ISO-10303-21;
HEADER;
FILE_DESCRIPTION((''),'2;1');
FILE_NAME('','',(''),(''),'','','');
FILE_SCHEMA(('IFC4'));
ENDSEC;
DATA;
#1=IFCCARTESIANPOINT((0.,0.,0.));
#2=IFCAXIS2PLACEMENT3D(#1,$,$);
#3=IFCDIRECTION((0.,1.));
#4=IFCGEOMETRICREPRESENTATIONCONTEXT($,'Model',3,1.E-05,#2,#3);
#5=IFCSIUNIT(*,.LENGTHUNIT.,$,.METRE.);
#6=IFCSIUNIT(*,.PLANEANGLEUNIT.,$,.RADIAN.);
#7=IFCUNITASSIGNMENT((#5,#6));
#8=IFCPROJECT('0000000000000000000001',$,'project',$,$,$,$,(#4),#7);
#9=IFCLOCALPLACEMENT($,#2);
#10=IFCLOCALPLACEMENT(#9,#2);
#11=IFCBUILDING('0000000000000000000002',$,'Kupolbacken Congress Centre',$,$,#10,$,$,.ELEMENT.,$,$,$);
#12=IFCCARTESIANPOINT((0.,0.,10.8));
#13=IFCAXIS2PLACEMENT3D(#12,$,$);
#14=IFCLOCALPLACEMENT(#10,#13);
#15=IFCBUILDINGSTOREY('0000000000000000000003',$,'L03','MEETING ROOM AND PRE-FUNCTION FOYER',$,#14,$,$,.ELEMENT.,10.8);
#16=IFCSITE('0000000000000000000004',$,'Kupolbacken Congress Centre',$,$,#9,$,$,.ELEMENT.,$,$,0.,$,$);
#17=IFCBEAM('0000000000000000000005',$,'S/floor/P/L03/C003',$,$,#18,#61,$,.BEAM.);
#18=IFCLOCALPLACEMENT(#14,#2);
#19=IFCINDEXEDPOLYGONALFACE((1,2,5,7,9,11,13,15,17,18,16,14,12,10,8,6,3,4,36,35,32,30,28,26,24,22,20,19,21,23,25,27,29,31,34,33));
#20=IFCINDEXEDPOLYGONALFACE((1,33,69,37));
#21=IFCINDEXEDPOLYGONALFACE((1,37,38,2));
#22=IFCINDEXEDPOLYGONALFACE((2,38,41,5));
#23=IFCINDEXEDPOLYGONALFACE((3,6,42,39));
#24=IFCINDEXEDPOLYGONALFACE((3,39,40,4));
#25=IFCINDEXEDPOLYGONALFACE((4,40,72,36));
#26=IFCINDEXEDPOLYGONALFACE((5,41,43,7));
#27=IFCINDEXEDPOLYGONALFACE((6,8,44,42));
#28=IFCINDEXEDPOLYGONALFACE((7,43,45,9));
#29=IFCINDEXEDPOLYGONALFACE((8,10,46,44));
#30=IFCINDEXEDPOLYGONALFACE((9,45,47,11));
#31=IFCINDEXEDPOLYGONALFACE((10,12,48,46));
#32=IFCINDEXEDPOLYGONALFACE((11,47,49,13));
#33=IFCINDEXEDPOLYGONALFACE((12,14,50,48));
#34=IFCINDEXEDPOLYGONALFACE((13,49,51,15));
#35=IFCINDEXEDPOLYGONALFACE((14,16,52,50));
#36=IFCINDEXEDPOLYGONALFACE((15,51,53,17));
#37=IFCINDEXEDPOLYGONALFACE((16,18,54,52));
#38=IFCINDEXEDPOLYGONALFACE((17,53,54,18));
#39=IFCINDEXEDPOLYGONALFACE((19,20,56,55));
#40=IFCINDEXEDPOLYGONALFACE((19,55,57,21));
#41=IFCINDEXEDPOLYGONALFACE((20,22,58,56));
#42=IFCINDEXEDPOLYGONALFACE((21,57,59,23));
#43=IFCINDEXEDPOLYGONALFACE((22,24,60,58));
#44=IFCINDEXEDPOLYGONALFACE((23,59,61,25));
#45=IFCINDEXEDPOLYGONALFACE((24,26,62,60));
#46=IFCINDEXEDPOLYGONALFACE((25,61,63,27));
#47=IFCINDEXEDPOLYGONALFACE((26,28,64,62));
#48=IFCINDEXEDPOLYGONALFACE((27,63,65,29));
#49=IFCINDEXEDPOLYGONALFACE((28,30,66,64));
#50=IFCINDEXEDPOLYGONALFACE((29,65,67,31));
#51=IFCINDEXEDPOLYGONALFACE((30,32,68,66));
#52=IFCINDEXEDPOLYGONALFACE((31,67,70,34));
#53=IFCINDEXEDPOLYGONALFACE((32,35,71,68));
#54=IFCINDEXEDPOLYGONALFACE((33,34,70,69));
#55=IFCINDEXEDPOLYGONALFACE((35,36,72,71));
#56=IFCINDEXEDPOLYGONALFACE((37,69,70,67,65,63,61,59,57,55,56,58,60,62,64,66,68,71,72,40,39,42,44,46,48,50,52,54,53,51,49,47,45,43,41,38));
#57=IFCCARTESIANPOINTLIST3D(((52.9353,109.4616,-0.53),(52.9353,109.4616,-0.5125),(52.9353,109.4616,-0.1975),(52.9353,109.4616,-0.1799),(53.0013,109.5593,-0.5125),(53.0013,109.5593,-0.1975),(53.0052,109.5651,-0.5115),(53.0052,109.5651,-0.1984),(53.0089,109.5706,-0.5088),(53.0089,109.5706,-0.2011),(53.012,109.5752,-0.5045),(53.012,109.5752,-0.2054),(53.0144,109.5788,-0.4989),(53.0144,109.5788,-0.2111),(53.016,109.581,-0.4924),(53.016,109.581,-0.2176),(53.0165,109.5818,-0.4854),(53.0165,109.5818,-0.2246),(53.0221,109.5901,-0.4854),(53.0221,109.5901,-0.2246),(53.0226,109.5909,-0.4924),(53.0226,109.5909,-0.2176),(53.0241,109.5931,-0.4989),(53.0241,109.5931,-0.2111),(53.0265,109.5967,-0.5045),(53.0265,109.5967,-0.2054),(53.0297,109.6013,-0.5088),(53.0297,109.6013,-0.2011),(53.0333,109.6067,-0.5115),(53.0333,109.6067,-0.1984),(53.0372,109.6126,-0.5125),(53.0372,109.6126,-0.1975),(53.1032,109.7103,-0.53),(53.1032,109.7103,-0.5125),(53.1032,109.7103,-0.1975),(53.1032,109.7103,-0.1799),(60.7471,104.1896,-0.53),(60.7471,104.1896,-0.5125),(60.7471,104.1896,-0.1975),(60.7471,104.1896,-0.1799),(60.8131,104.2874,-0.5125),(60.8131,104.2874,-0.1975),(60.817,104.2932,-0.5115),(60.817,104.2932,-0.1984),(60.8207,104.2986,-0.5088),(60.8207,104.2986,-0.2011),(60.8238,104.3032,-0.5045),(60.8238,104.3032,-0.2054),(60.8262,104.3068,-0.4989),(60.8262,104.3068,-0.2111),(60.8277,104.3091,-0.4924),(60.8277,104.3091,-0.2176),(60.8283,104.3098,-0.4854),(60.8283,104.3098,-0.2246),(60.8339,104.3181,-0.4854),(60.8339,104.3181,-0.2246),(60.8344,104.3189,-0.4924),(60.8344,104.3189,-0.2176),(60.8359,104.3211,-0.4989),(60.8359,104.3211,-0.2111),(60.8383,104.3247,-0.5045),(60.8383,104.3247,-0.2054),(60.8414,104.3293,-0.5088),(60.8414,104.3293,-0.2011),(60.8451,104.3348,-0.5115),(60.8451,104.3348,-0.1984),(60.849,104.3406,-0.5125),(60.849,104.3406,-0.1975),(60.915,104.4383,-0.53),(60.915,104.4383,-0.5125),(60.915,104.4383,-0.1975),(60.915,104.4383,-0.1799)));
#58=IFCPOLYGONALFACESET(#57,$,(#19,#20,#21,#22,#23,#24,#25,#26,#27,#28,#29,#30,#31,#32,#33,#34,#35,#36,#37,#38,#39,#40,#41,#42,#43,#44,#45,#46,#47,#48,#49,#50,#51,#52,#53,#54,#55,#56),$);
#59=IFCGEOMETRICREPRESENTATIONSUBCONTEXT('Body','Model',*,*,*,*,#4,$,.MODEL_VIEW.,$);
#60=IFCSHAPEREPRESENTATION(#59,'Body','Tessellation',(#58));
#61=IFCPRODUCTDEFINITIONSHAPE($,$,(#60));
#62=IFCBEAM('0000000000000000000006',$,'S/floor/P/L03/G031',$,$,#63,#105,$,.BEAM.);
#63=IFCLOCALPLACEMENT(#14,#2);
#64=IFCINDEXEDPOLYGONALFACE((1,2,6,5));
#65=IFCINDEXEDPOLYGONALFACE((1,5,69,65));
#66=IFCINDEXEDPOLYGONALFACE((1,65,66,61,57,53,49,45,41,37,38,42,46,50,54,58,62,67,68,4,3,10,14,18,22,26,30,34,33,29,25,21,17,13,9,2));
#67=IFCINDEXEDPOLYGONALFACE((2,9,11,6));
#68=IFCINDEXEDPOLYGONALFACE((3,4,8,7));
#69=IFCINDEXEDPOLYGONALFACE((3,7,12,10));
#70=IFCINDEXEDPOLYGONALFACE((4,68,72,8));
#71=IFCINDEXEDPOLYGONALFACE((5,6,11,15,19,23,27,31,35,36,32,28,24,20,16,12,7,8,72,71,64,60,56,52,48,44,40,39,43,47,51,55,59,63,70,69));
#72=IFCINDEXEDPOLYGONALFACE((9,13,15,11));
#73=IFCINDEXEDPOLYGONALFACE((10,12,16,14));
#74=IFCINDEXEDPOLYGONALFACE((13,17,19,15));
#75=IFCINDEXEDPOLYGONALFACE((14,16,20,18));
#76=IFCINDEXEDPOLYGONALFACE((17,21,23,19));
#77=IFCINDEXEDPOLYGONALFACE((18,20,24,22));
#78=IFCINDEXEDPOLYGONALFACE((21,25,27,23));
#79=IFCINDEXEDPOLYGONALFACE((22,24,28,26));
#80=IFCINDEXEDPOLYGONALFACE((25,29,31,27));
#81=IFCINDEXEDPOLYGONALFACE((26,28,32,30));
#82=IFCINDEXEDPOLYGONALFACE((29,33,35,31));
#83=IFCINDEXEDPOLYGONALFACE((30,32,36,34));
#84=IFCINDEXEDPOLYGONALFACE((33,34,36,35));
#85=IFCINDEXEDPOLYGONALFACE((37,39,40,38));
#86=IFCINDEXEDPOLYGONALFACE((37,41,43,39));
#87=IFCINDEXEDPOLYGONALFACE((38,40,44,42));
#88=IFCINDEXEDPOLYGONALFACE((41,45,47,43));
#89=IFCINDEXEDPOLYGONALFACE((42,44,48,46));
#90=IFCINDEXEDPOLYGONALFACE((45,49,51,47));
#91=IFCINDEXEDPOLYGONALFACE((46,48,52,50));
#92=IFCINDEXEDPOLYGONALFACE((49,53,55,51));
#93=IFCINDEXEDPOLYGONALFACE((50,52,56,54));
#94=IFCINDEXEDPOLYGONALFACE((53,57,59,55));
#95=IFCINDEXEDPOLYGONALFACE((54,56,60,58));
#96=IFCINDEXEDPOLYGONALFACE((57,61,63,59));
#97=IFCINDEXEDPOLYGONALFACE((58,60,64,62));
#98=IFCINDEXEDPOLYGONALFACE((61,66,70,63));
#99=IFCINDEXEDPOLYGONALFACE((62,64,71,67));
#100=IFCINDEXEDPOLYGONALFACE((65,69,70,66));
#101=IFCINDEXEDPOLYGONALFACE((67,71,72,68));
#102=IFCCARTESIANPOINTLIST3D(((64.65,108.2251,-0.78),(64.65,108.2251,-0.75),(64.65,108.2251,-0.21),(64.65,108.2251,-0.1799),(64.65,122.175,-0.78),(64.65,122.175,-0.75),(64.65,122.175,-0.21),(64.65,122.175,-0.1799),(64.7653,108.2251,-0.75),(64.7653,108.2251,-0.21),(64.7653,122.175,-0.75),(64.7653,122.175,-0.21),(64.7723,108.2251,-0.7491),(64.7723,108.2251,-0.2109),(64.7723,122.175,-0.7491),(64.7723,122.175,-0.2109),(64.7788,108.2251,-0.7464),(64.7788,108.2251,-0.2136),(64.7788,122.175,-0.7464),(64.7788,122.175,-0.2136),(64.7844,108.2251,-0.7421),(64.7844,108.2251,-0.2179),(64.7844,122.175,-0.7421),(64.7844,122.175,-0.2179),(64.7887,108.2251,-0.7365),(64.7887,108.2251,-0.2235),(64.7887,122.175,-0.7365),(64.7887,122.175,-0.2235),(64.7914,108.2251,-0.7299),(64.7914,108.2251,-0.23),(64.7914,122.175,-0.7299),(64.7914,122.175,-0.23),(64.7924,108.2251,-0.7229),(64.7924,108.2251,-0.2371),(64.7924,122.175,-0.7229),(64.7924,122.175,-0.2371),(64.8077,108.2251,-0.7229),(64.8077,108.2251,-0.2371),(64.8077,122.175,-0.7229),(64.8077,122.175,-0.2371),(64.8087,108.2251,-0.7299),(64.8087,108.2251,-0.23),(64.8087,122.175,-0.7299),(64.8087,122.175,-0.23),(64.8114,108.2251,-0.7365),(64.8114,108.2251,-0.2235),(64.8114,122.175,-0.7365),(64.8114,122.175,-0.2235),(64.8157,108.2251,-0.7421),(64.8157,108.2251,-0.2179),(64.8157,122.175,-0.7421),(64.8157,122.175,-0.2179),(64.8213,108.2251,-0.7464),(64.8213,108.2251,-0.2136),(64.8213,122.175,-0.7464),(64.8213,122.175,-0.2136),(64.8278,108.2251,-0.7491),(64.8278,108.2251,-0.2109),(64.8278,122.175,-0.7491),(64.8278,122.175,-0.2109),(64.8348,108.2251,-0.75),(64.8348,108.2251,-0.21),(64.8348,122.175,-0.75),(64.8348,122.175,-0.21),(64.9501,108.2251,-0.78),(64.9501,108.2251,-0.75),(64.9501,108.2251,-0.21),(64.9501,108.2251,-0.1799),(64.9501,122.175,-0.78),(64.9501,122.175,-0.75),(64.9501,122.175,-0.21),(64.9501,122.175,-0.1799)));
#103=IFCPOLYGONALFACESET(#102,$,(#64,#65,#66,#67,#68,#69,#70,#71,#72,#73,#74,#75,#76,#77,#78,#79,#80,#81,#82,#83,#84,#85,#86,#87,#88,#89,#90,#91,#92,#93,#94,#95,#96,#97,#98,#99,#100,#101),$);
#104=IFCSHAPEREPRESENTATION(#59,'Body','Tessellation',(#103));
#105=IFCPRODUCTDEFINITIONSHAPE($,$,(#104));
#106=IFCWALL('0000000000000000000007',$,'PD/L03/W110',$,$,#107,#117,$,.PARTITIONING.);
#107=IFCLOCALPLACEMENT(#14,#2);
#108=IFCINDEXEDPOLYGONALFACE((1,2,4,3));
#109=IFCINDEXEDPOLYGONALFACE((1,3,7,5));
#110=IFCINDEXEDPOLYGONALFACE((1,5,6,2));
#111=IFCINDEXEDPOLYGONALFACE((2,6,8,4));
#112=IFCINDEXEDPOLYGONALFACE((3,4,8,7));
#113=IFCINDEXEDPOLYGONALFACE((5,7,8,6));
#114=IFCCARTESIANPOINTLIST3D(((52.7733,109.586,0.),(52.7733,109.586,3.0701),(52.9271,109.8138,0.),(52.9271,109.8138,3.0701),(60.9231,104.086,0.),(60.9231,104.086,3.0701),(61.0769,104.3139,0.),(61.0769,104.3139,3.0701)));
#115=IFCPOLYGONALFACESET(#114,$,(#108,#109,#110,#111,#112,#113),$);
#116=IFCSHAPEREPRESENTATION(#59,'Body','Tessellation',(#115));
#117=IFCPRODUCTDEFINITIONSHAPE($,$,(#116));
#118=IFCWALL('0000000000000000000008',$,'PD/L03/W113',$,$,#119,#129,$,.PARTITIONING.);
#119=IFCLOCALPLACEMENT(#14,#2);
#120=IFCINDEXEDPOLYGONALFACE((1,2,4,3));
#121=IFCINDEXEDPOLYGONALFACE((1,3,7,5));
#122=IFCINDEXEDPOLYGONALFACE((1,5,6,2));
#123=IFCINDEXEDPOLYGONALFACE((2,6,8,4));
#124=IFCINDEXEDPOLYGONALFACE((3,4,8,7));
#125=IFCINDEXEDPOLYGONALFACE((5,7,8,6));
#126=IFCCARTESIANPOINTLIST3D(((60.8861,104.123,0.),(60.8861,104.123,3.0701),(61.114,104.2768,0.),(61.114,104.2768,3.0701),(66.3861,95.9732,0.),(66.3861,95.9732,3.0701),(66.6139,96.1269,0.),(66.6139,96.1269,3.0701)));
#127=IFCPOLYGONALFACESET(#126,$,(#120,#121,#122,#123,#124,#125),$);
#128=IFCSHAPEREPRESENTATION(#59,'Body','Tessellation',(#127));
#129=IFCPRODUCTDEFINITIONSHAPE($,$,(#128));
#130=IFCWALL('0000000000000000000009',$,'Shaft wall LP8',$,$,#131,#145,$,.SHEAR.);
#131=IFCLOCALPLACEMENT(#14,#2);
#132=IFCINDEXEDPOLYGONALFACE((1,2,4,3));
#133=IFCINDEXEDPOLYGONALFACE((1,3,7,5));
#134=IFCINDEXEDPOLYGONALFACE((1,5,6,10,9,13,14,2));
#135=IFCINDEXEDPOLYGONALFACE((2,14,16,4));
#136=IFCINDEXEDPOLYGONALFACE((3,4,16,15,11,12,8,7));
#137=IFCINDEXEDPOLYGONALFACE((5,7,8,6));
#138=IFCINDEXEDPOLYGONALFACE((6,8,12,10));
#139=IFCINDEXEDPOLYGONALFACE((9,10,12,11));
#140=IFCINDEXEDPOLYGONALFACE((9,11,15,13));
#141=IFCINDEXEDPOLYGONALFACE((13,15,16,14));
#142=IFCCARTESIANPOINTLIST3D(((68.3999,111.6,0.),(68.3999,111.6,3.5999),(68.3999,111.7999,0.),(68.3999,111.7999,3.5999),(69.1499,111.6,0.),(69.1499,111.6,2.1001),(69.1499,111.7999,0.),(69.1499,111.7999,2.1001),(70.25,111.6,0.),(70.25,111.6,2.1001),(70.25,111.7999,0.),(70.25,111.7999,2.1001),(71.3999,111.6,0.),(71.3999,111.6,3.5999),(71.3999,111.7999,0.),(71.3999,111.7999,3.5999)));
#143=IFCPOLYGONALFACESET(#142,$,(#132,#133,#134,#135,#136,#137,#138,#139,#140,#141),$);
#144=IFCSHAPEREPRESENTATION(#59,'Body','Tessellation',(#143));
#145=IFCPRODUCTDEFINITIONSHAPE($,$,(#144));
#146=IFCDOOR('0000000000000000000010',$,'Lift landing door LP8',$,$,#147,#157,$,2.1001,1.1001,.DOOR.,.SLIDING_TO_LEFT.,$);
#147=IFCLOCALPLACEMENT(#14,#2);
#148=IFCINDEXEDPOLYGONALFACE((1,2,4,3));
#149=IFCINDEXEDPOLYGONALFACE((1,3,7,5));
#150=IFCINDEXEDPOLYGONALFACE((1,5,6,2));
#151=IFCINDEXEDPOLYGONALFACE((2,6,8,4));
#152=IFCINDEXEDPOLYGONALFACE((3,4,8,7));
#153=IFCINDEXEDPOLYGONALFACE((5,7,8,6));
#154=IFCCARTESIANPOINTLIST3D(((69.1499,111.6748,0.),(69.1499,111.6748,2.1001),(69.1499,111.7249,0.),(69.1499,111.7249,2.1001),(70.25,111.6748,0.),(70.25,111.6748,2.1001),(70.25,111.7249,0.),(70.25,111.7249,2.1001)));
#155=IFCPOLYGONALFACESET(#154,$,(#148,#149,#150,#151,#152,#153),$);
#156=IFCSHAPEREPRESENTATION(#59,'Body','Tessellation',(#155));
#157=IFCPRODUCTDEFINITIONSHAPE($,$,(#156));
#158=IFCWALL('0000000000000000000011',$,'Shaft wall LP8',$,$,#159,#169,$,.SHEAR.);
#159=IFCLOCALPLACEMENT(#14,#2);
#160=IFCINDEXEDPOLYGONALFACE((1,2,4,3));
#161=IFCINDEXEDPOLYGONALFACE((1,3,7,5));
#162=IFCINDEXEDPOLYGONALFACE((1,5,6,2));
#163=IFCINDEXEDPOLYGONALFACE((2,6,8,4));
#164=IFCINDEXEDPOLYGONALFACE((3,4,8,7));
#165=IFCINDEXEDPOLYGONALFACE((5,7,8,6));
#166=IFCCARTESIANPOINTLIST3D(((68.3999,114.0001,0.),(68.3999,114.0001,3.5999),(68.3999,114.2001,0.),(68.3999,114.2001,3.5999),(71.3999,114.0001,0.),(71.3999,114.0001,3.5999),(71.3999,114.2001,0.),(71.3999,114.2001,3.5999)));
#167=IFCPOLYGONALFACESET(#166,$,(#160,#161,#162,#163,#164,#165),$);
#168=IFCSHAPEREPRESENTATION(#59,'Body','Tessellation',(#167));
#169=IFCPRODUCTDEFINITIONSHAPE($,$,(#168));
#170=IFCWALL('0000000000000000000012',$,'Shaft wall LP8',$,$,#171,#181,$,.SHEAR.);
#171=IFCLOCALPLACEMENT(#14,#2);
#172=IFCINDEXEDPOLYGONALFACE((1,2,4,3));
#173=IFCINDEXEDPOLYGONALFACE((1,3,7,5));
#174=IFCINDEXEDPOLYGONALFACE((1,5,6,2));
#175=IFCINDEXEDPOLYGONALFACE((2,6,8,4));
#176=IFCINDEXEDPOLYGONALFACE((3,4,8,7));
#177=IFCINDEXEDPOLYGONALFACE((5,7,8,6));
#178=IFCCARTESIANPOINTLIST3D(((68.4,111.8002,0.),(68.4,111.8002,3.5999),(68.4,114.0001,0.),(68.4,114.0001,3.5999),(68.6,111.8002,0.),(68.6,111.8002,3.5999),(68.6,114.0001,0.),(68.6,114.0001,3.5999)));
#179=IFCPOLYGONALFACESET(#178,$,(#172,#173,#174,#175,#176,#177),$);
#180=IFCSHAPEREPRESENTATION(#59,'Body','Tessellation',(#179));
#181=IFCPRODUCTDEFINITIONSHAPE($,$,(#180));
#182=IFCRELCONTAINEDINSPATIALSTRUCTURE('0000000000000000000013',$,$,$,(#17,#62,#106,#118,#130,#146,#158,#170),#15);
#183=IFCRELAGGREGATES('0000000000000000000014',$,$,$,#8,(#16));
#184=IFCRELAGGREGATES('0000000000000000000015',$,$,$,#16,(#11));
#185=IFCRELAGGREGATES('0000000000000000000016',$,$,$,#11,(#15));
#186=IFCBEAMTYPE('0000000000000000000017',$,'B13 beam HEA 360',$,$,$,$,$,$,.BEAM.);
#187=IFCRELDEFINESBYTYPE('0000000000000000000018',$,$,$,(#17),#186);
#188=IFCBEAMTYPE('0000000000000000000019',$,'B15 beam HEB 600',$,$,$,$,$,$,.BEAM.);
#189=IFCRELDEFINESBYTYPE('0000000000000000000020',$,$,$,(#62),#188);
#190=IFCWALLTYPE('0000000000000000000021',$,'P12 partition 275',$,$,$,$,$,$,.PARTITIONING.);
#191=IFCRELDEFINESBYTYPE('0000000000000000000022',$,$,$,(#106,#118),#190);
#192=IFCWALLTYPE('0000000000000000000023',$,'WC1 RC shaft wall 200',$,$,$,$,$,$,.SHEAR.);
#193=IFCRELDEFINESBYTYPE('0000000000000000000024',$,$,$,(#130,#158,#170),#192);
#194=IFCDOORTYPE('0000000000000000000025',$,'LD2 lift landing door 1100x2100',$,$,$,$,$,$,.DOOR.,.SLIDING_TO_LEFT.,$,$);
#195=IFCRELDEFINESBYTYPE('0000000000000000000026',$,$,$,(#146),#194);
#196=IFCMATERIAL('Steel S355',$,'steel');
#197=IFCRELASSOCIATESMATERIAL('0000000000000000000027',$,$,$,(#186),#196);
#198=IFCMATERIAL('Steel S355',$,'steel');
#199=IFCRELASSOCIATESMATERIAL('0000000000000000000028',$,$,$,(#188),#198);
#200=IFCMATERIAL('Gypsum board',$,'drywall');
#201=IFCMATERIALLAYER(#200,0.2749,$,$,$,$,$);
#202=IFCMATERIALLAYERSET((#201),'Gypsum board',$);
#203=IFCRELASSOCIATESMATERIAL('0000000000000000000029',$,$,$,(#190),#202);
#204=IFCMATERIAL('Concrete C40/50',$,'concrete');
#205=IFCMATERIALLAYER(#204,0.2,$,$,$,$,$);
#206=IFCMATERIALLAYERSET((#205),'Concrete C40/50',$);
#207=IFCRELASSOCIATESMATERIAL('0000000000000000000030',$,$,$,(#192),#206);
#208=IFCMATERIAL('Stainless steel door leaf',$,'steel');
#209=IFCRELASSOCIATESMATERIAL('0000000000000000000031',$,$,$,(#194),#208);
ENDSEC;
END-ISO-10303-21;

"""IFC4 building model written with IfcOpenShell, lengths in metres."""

from ifc_helpers import new_model, si_unit, direction, frame, frame_2d, origin, origin_2d, place, context, subcontext, project, spatial, rectangle, i_section, extrude, material, layer, layer_set, material_profile, profile_set, type_object, element, fill, save


model = new_model("IFC4")

# Units and contexts
model_context = context("Model", 3, precision=1e-05, world=origin(), true_north=direction((0.0, 1.0)))
body_context = subcontext(model_context, "Body", "Model", "MODEL_VIEW")
ifc_project = project(units=[si_unit("LENGTHUNIT", "METRE"), si_unit("PLANEANGLEUNIT", "RADIAN")], contexts=[model_context])

# Site, building, storey
site_placement = place(None, origin())
site = spatial("IfcSite", under=ifc_project, at=site_placement, Name="Kupolbacken Congress Centre", CompositionType="ELEMENT", RefElevation=0.0)
building_placement = place(site_placement, origin())
building = spatial("IfcBuilding", under=site, at=building_placement, Name="Kupolbacken Congress Centre", CompositionType="ELEMENT")
storey_placement = place(building_placement, frame((0.0, 0.0, 10.8)))
storey = spatial("IfcBuildingStorey", under=building, at=storey_placement, Name="L03", Description="MEETING ROOM AND PRE-FUNCTION FOYER", CompositionType="ELEMENT", Elevation=10.8)

# Beams
ifc_material_1 = material(Name="Steel S355", Category="steel")
ifc_material_profile_1 = material_profile(ifc_material_1, i_section(OverallWidth=0.3, OverallDepth=0.3501, WebThickness=0.01, FlangeThickness=0.0176, FilletRadius=0.0271, at=origin_2d()), Name="HEA 360")
ifc_profile_set_1 = profile_set([ifc_material_profile_1], Name="Steel S355")
beam_type_1 = type_object("IfcBeamType", Name="B13 beam HEA 360", PredefinedType="BEAM", material=ifc_profile_set_1)
beam_1_placement = place(storey_placement, frame((60.8311, 104.314, -0.355), z_axis=(-0.828896, 0.559402, 0.0), x_axis=(-0.559402, -0.828896, 0.0)))
element("IfcBeam", 1, at=beam_1_placement, inside=storey, type_object=beam_type_1, Name="S/floor/P/L03/C003", PredefinedType="BEAM", context=body_context, shape_type="SweptSolid", body=[
    extrude(i_section(OverallWidth=0.3, OverallDepth=0.3501, WebThickness=0.01, FlangeThickness=0.0176, FilletRadius=0.0271, at=origin_2d()), origin(), (0.0, 0.0, 1.0), 9.4243),
])
ifc_material_2 = material(Name="Steel S355", Category="steel")
ifc_material_profile_2 = material_profile(ifc_material_2, i_section(OverallWidth=0.3, OverallDepth=0.6001, WebThickness=0.0154, FlangeThickness=0.03, FilletRadius=0.0271, at=origin_2d()), Name="HEB 600")
ifc_profile_set_2 = profile_set([ifc_material_profile_2], Name="Steel S355")
beam_type_2 = type_object("IfcBeamType", Name="B15 beam HEB 600", PredefinedType="BEAM", material=ifc_profile_set_2)
beam_2_placement = place(storey_placement, frame((64.8, 108.2251, -0.48), z_axis=(0.0, 1.0, 0.0), x_axis=(-1.0, 0.0, 0.0)))
element("IfcBeam", 2, at=beam_2_placement, inside=storey, type_object=beam_type_2, Name="S/floor/P/L03/G031", PredefinedType="BEAM", context=body_context, shape_type="SweptSolid", body=[
    extrude(i_section(OverallWidth=0.3, OverallDepth=0.6001, WebThickness=0.0154, FlangeThickness=0.03, FilletRadius=0.0271, at=origin_2d()), origin(), (0.0, 0.0, 1.0), 13.95),
])

# Walls
ifc_material_3 = material(Name="Gypsum board", Category="drywall")
ifc_layer_1 = layer(ifc_material_3, 0.2749)
ifc_layer_set_1 = layer_set([ifc_layer_1], Name="Gypsum board")
wall_type_1 = type_object("IfcWallType", Name="P12 partition 275", PredefinedType="PARTITIONING", material=ifc_layer_set_1)
for number, where, z_axis, x_axis, name in (
    (3, (61.0, 104.2, 0.0), (0.0, 0.0, 1.0), (-0.828905, 0.55939, 0.0), "PD/L03/W110"),
    (4, (66.5, 96.05, 0.0), (0.0, 0.0, 1.0), (-0.55939, 0.828905, 0.0), "PD/L03/W113"),
):
    element("IfcWall", number, at=place(storey_placement, frame(where, z_axis=z_axis, x_axis=x_axis)), inside=storey, type_object=wall_type_1, Name=name, PredefinedType="PARTITIONING", context=body_context, shape_type="SweptSolid", body=[
        extrude(rectangle(XDim=9.832, YDim=0.2749, at=frame_2d((4.916, 0.0))), origin(), (0.0, 0.0, 1.0), 3.0701),
    ])

# Wall, opening, door
ifc_material_4 = material(Name="Concrete C40/50", Category="concrete")
ifc_layer_2 = layer(ifc_material_4, 0.2)
ifc_layer_set_2 = layer_set([ifc_layer_2], Name="Concrete C40/50")
wall_type_2 = type_object("IfcWallType", Name="WC1 RC shaft wall 200", PredefinedType="SHEAR", material=ifc_layer_set_2)
wall_1_placement = place(storey_placement, frame((68.3999, 111.7, 0.0), z_axis=(0.0, 0.0, 1.0), x_axis=(1.0, 0.0, 0.0)))
wall_1 = element("IfcWall", 5, at=wall_1_placement, inside=storey, type_object=wall_type_2, Name="Shaft wall LP8", PredefinedType="SHEAR", context=body_context, shape_type="SweptSolid", body=[
    extrude(rectangle(XDim=3.0, YDim=0.2, at=frame_2d((1.5, 0.0))), origin(), (0.0, 0.0, 1.0), 3.5999),
])
opening_placement = place(wall_1_placement, frame((0.75, 0.0, 0.0)))
opening = element("IfcOpeningElement", 6, at=opening_placement, cuts=wall_1, PredefinedType="OPENING", context=body_context, shape_type="SweptSolid", body=[
    extrude(rectangle(XDim=1.1001, YDim=2.1001, at=frame_2d((0.55, 1.05))), frame((0.0, 0.1099, 0.0), z_axis=(0.0, -1.0, 0.0), x_axis=(1.0, 0.0, 0.0)), (0.0, 0.0, 1.0), 0.22),
])
ifc_material_5 = material(Name="Stainless steel door leaf", Category="steel")
door_type = type_object("IfcDoorType", Name="LD2 lift landing door 1100x2100", OperationType="SLIDING_TO_LEFT", PredefinedType="DOOR", material=ifc_material_5)
door_placement = place(opening_placement, origin())
door = element("IfcDoor", 7, at=door_placement, inside=storey, type_object=door_type, Name="Lift landing door LP8", OperationType="SLIDING_TO_LEFT", OverallHeight=2.1001, OverallWidth=1.1001, PredefinedType="DOOR", context=body_context, shape_type="SweptSolid", body=[
    extrude(rectangle(XDim=1.1001, YDim=2.1001, at=frame_2d((0.55, 1.05))), frame((0.0, 0.0249, 0.0), z_axis=(0.0, -1.0, 0.0), x_axis=(1.0, 0.0, 0.0)), (0.0, 0.0, 1.0), 0.05),
])
fill(opening, door)

# Walls
wall_2_placement = place(storey_placement, frame((68.3999, 114.1001, 0.0), z_axis=(0.0, 0.0, 1.0), x_axis=(1.0, 0.0, 0.0)))
element("IfcWall", 8, at=wall_2_placement, inside=storey, type_object=wall_type_2, Name="Shaft wall LP8", PredefinedType="SHEAR", context=body_context, shape_type="SweptSolid", body=[
    extrude(rectangle(XDim=3.0, YDim=0.2, at=frame_2d((1.5, 0.0))), origin(), (0.0, 0.0, 1.0), 3.5999),
])
wall_3_placement = place(storey_placement, frame((68.5, 111.8, 0.0), z_axis=(0.0, 0.0, 1.0), x_axis=(0.0, 1.0, 0.0)))
element("IfcWall", 9, at=wall_3_placement, inside=storey, type_object=wall_type_2, Name="Shaft wall LP8", PredefinedType="SHEAR", context=body_context, shape_type="SweptSolid", body=[
    extrude(rectangle(XDim=2.2, YDim=0.2, at=frame_2d((1.1001, 0.0))), origin(), (0.0, 0.0, 1.0), 3.5999),
])

save(model, "model.ifc")
